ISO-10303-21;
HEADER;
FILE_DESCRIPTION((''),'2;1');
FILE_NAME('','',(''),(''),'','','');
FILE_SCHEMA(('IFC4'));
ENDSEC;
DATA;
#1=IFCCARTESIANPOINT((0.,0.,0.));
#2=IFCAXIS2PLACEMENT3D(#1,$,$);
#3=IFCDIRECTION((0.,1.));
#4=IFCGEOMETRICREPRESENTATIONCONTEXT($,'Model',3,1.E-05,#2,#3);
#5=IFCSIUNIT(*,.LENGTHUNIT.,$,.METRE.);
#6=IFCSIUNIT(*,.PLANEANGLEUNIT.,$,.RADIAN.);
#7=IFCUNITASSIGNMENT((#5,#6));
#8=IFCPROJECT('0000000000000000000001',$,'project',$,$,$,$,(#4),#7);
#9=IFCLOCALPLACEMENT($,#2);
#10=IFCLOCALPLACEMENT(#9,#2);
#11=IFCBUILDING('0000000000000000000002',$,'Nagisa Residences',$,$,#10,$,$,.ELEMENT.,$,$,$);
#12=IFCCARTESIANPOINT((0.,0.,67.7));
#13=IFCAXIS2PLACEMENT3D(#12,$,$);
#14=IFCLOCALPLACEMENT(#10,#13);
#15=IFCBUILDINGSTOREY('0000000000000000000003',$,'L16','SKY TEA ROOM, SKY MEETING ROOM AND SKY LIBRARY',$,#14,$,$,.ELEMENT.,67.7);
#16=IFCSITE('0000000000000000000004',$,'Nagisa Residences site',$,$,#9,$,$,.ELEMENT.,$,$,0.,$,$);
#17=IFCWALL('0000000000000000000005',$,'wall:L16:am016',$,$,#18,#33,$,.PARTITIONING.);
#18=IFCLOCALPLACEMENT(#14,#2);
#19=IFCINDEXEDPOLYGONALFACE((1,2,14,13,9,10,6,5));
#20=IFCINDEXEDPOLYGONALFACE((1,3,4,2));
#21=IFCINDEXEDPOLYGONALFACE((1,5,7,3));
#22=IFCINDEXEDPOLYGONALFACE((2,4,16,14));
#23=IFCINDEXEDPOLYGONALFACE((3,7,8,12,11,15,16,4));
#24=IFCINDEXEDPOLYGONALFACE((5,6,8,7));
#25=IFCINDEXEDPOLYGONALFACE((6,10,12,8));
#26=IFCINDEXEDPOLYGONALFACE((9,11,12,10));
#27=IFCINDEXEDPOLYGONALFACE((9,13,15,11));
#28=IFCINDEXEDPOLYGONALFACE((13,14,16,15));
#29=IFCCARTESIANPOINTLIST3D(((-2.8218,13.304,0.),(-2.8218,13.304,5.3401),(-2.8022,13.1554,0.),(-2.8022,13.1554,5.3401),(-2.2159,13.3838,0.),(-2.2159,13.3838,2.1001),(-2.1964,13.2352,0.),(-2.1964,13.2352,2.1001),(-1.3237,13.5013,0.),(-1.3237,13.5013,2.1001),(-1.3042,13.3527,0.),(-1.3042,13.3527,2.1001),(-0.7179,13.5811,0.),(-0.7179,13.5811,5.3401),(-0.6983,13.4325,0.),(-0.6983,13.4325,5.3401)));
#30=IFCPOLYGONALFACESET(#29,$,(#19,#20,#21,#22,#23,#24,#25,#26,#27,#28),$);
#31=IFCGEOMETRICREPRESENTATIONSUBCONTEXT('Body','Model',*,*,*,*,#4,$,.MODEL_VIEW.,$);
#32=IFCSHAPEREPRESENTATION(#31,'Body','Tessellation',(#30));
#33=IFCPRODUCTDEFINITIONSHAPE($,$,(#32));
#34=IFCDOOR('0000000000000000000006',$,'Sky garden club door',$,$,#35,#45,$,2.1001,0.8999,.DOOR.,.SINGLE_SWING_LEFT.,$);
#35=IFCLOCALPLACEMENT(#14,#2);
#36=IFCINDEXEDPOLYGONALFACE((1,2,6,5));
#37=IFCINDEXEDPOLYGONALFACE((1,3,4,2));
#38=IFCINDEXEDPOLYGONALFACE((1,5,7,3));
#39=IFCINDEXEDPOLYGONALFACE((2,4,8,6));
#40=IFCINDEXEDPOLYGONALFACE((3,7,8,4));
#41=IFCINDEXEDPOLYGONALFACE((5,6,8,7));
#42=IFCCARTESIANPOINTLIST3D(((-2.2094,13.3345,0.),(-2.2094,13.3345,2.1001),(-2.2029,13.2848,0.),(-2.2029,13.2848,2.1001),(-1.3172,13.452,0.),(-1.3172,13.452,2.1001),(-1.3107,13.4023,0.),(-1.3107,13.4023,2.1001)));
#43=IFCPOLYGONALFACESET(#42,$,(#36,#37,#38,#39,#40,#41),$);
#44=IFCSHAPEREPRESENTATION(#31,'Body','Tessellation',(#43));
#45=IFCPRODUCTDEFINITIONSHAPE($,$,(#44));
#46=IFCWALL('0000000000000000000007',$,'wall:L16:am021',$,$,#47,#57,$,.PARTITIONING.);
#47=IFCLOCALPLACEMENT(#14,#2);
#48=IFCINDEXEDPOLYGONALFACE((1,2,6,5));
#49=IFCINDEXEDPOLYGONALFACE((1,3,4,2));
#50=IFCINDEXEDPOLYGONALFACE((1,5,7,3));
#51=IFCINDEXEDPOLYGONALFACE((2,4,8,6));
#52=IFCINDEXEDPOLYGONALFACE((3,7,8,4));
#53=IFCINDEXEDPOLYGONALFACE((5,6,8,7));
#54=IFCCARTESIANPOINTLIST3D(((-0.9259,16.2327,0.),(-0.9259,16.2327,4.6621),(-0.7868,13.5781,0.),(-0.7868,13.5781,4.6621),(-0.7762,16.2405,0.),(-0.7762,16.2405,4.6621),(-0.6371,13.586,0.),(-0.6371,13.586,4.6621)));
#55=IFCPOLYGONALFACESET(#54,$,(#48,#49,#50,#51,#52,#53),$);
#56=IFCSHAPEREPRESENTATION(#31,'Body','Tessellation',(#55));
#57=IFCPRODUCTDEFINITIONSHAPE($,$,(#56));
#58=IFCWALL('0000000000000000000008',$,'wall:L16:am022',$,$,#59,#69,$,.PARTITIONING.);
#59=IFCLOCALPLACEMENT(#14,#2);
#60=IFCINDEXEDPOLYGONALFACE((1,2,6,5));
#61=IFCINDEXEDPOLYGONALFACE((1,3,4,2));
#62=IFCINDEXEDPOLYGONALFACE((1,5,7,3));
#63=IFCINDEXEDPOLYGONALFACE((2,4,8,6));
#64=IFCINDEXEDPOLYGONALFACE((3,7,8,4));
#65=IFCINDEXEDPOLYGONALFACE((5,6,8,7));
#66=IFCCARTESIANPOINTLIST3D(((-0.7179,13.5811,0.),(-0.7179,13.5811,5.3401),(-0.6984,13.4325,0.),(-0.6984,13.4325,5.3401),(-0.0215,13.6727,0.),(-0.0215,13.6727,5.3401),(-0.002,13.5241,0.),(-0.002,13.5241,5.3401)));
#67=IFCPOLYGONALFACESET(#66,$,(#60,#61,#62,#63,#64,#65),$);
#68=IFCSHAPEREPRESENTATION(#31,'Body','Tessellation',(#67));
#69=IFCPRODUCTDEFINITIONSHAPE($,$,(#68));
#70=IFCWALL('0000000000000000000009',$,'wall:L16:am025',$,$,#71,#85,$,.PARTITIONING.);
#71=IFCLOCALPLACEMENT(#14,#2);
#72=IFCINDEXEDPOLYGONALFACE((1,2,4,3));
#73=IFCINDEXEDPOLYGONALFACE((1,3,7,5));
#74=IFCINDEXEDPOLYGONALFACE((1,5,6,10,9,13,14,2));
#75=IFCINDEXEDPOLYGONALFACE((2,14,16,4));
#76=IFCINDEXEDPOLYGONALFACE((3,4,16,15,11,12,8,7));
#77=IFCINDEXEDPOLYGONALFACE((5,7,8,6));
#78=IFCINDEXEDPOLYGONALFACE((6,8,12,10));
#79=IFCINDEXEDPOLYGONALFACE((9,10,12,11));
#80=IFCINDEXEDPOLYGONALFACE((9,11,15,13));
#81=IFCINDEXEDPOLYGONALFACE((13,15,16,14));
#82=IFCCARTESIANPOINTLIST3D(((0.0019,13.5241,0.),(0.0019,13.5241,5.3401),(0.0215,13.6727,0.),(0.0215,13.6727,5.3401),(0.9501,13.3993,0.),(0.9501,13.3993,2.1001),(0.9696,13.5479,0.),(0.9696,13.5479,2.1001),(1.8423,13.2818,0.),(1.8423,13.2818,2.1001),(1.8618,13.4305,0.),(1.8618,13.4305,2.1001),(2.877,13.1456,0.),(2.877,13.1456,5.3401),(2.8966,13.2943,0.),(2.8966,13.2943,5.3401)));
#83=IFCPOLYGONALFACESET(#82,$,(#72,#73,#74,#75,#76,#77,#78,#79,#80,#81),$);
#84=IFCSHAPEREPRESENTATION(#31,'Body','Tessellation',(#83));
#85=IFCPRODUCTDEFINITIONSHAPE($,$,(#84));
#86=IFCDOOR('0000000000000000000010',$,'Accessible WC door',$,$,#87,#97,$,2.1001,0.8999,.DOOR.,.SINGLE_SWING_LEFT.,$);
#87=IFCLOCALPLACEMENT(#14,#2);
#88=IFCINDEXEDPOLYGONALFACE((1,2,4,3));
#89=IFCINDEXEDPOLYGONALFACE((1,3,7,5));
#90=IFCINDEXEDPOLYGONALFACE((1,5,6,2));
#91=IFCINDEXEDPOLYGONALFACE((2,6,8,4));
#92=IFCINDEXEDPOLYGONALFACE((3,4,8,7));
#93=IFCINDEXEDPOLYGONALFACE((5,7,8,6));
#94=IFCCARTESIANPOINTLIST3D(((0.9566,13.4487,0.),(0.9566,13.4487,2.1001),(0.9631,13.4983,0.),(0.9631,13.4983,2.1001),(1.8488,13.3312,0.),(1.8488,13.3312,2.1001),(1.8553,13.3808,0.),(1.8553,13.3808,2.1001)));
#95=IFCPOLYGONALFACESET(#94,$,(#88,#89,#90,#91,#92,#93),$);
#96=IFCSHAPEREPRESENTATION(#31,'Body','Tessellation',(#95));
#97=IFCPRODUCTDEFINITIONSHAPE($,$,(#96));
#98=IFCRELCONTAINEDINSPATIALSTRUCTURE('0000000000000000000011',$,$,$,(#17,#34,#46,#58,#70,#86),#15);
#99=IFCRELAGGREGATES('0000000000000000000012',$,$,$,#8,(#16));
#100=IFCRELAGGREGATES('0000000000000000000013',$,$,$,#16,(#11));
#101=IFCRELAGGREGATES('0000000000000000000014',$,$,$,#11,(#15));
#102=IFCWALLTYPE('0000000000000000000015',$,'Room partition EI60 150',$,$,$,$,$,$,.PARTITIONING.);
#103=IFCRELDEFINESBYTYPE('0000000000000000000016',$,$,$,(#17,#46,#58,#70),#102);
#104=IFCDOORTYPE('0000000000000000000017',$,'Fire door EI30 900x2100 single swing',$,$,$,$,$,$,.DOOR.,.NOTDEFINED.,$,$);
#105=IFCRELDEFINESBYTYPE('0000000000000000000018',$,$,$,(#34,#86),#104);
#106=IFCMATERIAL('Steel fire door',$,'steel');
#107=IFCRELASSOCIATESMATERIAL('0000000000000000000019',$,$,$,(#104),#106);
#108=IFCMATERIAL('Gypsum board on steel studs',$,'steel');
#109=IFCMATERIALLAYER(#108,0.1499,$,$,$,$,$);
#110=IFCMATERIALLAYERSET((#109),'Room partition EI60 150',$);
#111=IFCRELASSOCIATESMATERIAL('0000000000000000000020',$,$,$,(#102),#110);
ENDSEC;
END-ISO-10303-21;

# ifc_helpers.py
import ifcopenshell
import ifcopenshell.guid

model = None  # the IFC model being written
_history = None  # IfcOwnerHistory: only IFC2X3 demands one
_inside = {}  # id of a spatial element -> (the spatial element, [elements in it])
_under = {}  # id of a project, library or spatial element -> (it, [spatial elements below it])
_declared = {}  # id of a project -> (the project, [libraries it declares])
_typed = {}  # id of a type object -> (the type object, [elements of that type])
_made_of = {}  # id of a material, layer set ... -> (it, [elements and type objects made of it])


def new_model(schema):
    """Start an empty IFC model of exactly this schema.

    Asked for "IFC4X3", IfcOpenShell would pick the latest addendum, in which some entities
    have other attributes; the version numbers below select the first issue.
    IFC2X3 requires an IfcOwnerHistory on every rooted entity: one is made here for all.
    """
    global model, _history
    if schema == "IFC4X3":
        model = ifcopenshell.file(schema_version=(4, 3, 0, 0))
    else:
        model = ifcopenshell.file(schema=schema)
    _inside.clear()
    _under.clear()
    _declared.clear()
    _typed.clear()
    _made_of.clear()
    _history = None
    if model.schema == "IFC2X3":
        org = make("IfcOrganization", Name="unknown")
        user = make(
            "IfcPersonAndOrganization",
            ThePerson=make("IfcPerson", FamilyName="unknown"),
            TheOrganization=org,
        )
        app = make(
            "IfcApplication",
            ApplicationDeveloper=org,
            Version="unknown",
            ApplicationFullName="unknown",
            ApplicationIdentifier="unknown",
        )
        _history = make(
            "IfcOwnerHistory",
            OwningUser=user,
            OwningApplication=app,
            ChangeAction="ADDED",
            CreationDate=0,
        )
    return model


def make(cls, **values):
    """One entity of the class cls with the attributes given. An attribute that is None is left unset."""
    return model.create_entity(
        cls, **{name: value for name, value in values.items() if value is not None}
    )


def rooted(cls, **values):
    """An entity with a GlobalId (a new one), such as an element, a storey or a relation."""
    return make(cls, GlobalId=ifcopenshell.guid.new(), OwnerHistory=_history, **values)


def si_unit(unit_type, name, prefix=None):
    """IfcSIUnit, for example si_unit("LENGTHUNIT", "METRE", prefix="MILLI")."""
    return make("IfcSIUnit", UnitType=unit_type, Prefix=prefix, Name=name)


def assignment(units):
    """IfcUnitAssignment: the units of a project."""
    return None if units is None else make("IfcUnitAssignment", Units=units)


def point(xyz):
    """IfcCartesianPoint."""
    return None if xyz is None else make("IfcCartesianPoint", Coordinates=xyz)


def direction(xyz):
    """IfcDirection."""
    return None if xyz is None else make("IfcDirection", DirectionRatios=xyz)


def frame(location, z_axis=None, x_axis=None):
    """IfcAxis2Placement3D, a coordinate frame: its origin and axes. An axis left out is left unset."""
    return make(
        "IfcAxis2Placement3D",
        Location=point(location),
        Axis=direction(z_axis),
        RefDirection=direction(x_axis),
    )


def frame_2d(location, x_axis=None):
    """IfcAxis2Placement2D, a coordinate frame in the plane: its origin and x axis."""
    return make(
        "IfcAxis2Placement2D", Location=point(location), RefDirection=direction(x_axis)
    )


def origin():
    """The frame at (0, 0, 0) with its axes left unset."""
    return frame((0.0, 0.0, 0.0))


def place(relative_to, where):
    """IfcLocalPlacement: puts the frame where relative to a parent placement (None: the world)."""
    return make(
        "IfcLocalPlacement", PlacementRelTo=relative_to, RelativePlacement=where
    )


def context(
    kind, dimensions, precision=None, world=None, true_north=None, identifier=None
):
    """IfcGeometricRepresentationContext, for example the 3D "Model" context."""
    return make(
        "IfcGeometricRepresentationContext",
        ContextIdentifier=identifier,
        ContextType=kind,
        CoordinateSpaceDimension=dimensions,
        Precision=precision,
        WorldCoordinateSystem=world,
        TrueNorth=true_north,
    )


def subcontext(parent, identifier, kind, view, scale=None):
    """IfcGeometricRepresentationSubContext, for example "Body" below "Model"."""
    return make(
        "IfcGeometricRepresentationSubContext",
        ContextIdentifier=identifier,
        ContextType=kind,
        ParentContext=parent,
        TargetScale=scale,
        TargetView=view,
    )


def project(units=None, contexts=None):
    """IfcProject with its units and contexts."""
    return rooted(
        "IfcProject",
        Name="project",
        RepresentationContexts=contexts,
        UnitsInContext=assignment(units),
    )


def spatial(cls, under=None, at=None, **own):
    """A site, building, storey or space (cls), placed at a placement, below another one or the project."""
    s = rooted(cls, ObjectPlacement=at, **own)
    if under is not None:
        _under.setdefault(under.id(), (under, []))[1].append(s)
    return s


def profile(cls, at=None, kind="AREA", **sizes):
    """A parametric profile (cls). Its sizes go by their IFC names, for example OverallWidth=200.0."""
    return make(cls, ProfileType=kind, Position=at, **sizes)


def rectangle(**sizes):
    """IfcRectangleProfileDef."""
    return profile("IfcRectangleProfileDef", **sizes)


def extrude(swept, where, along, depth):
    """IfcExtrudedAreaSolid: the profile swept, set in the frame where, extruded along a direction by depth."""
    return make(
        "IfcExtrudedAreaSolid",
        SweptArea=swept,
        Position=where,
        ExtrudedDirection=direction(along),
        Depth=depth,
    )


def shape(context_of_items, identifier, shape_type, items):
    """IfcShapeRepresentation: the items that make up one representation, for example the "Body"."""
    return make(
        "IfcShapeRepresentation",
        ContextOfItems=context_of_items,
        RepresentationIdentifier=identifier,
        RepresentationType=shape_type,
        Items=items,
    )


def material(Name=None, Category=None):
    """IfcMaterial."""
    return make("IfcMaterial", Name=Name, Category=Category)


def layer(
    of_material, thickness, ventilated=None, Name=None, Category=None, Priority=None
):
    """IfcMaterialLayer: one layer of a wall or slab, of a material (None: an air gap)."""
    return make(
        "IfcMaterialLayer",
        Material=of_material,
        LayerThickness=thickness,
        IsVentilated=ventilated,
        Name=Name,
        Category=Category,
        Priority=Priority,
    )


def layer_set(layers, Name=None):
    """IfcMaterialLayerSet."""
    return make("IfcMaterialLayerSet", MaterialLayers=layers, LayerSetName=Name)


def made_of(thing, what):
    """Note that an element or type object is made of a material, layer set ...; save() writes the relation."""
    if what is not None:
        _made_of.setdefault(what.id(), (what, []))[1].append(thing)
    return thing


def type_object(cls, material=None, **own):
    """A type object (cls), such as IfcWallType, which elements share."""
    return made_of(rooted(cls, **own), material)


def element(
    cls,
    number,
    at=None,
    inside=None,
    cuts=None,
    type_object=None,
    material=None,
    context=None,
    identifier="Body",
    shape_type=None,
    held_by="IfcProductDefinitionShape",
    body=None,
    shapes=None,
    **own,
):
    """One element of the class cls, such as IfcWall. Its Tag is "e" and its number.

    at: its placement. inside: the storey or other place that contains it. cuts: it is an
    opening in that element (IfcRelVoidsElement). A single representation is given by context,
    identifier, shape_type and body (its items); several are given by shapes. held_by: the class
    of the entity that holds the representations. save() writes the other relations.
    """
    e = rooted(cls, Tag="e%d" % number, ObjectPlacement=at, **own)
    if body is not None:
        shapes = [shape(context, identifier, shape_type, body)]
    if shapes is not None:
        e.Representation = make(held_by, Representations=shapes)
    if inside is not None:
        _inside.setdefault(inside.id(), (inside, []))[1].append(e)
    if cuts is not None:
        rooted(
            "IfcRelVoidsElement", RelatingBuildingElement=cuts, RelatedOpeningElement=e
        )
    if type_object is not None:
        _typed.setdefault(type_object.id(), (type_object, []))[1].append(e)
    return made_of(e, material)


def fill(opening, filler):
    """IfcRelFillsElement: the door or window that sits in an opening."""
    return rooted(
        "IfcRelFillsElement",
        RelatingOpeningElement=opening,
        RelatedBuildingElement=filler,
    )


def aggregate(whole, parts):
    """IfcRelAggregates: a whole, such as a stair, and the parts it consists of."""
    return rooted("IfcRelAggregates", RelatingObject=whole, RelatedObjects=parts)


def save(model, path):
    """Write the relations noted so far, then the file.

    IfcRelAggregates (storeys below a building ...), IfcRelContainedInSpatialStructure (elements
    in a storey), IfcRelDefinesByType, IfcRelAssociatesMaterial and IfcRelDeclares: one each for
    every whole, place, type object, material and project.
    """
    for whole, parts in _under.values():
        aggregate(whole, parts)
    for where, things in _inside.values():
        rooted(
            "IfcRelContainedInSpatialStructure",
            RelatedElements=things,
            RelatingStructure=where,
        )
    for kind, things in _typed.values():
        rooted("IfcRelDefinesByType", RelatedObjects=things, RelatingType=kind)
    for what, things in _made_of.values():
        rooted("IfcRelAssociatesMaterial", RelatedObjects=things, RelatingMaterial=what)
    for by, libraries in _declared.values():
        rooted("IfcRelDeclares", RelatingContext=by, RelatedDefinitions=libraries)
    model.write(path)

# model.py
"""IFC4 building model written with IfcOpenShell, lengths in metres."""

from ifc_helpers import new_model, si_unit, direction, frame, frame_2d, origin, place, context, subcontext, project, spatial, rectangle, extrude, material, layer, layer_set, type_object, element, fill, save


model = new_model("IFC4")

# Units and contexts
model_context = context("Model", 3, precision=1e-05, world=origin(), true_north=direction((0.0, 1.0)))
body_context = subcontext(model_context, "Body", "Model", "MODEL_VIEW")
ifc_project = project(units=[si_unit("LENGTHUNIT", "METRE"), si_unit("PLANEANGLEUNIT", "RADIAN")], contexts=[model_context])

# Site, building, storey
site_placement = place(None, origin())
site = spatial("IfcSite", under=ifc_project, at=site_placement, Name="Nagisa Residences site", CompositionType="ELEMENT", RefElevation=0.0)
building_placement = place(site_placement, origin())
building = spatial("IfcBuilding", under=site, at=building_placement, Name="Nagisa Residences", CompositionType="ELEMENT")
storey_placement = place(building_placement, frame((0.0, 0.0, 67.7)))
storey = spatial("IfcBuildingStorey", under=building, at=storey_placement, Name="L16", Description="SKY TEA ROOM, SKY MEETING ROOM AND SKY LIBRARY", CompositionType="ELEMENT", Elevation=67.7)

# Shared definitions
ifc_material_1 = material(Name="Steel fire door", Category="steel")
door_type_1 = type_object("IfcDoorType", Name="Fire door EI30 900x2100 single swing", OperationType="NOTDEFINED", PredefinedType="DOOR", material=ifc_material_1)

# Shared definitions
ifc_material_2 = material(Name="Gypsum board on steel studs", Category="steel")
ifc_layer_1 = layer(ifc_material_2, 0.1499)
ifc_layer_set_1 = layer_set([ifc_layer_1], Name="Room partition EI60 150")
wall_type_1 = type_object("IfcWallType", Name="Room partition EI60 150", PredefinedType="PARTITIONING", material=ifc_layer_set_1)

# Wall, opening, door
wall_1_placement = place(storey_placement, frame((-2.812, 13.2297, 0.0), z_axis=(0.0, 0.0, 1.0), x_axis=(0.991439, 0.130574, 0.0)))
wall_1 = element("IfcWall", 1, at=wall_1_placement, inside=storey, type_object=wall_type_1, Name="wall:L16:am016", PredefinedType="PARTITIONING", context=body_context, shape_type="SweptSolid", body=[
    extrude(rectangle(XDim=2.1221, YDim=0.1499, at=frame_2d((1.061, 0.0))), origin(), (0.0, 0.0, 1.0), 5.3401),
])
opening_1_placement = place(wall_1_placement, frame((0.6111, 0.0, 0.0)))
opening_1 = element("IfcOpeningElement", 2, at=opening_1_placement, cuts=wall_1, PredefinedType="OPENING", context=body_context, shape_type="SweptSolid", body=[
    extrude(rectangle(XDim=0.8999, YDim=2.1001, at=frame_2d((0.45, 1.05))), frame((0.0, 0.085, 0.0), z_axis=(0.0, -1.0, 0.0), x_axis=(1.0, 0.0, 0.0)), (0.0, 0.0, 1.0), 0.1699),
])
door_1_placement = place(opening_1_placement, frame((0.8999, 0.0, 0.0), x_axis=(-1.0, 0.0, 0.0)))
door_1 = element("IfcDoor", 3, at=door_1_placement, inside=storey, type_object=door_type_1, Name="Sky garden club door", OperationType="SINGLE_SWING_LEFT", OverallHeight=2.1001, OverallWidth=0.8999, PredefinedType="DOOR", context=body_context, shape_type="SweptSolid", body=[
    extrude(rectangle(XDim=0.8999, YDim=2.1001, at=frame_2d((0.45, 1.05))), frame((0.0, 0.0249, 0.0), z_axis=(0.0, -1.0, 0.0), x_axis=(1.0, 0.0, 0.0)), (0.0, 0.0, 1.0), 0.05),
])
fill(opening_1, door_1)

# Walls
wall_2_placement = place(storey_placement, frame((-0.7119, 13.582, 0.0), z_axis=(0.0, 0.0, 1.0), x_axis=(-0.052352, 0.998629, 0.0)))
element("IfcWall", 4, at=wall_2_placement, inside=storey, type_object=wall_type_1, Name="wall:L16:am021", PredefinedType="PARTITIONING", context=body_context, shape_type="SweptSolid", body=[
    extrude(rectangle(XDim=2.6582, YDim=0.1499, at=frame_2d((1.3291, 0.0))), origin(), (0.0, 0.0, 1.0), 4.6621),
])
wall_3_placement = place(storey_placement, frame((-0.708, 13.5068, 0.0), z_axis=(0.0, 0.0, 1.0), x_axis=(0.991466, 0.130365, 0.0)))
element("IfcWall", 5, at=wall_3_placement, inside=storey, type_object=wall_type_1, Name="wall:L16:am022", PredefinedType="PARTITIONING", context=body_context, shape_type="SweptSolid", body=[
    extrude(rectangle(XDim=0.7024, YDim=0.1499, at=frame_2d((0.3511, 0.0))), origin(), (0.0, 0.0, 1.0), 5.3401),
])

# Wall, opening, door
wall_4_placement = place(storey_placement, frame((0.0117, 13.5984, 0.0), z_axis=(0.0, 0.0, 1.0), x_axis=(0.991449, -0.130498, 0.0)))
wall_4 = element("IfcWall", 6, at=wall_4_placement, inside=storey, type_object=wall_type_1, Name="wall:L16:am025", PredefinedType="PARTITIONING", context=body_context, shape_type="SweptSolid", body=[
    extrude(rectangle(XDim=2.8999, YDim=0.1499, at=frame_2d((1.45, 0.0))), origin(), (0.0, 0.0, 1.0), 5.3401),
])
opening_2_placement = place(wall_4_placement, frame((0.9563, 0.0, 0.0)))
opening_2 = element("IfcOpeningElement", 7, at=opening_2_placement, cuts=wall_4, PredefinedType="OPENING", context=body_context, shape_type="SweptSolid", body=[
    extrude(rectangle(XDim=0.8999, YDim=2.1001, at=frame_2d((0.45, 1.05))), frame((0.0, 0.085, 0.0), z_axis=(0.0, -1.0, 0.0), x_axis=(1.0, 0.0, 0.0)), (0.0, 0.0, 1.0), 0.1699),
])
door_2_placement = place(opening_2_placement, origin())
door_2 = element("IfcDoor", 8, at=door_2_placement, inside=storey, type_object=door_type_1, Name="Accessible WC door", OperationType="SINGLE_SWING_LEFT", OverallHeight=2.1001, OverallWidth=0.8999, PredefinedType="DOOR", context=body_context, shape_type="SweptSolid", body=[
    extrude(rectangle(XDim=0.8999, YDim=2.1001, at=frame_2d((0.45, 1.05))), frame((0.0, 0.0249, 0.0), z_axis=(0.0, -1.0, 0.0), x_axis=(1.0, 0.0, 0.0)), (0.0, 0.0, 1.0), 0.05),
])
fill(opening_2, door_2)

save(model, "model.ifc")
